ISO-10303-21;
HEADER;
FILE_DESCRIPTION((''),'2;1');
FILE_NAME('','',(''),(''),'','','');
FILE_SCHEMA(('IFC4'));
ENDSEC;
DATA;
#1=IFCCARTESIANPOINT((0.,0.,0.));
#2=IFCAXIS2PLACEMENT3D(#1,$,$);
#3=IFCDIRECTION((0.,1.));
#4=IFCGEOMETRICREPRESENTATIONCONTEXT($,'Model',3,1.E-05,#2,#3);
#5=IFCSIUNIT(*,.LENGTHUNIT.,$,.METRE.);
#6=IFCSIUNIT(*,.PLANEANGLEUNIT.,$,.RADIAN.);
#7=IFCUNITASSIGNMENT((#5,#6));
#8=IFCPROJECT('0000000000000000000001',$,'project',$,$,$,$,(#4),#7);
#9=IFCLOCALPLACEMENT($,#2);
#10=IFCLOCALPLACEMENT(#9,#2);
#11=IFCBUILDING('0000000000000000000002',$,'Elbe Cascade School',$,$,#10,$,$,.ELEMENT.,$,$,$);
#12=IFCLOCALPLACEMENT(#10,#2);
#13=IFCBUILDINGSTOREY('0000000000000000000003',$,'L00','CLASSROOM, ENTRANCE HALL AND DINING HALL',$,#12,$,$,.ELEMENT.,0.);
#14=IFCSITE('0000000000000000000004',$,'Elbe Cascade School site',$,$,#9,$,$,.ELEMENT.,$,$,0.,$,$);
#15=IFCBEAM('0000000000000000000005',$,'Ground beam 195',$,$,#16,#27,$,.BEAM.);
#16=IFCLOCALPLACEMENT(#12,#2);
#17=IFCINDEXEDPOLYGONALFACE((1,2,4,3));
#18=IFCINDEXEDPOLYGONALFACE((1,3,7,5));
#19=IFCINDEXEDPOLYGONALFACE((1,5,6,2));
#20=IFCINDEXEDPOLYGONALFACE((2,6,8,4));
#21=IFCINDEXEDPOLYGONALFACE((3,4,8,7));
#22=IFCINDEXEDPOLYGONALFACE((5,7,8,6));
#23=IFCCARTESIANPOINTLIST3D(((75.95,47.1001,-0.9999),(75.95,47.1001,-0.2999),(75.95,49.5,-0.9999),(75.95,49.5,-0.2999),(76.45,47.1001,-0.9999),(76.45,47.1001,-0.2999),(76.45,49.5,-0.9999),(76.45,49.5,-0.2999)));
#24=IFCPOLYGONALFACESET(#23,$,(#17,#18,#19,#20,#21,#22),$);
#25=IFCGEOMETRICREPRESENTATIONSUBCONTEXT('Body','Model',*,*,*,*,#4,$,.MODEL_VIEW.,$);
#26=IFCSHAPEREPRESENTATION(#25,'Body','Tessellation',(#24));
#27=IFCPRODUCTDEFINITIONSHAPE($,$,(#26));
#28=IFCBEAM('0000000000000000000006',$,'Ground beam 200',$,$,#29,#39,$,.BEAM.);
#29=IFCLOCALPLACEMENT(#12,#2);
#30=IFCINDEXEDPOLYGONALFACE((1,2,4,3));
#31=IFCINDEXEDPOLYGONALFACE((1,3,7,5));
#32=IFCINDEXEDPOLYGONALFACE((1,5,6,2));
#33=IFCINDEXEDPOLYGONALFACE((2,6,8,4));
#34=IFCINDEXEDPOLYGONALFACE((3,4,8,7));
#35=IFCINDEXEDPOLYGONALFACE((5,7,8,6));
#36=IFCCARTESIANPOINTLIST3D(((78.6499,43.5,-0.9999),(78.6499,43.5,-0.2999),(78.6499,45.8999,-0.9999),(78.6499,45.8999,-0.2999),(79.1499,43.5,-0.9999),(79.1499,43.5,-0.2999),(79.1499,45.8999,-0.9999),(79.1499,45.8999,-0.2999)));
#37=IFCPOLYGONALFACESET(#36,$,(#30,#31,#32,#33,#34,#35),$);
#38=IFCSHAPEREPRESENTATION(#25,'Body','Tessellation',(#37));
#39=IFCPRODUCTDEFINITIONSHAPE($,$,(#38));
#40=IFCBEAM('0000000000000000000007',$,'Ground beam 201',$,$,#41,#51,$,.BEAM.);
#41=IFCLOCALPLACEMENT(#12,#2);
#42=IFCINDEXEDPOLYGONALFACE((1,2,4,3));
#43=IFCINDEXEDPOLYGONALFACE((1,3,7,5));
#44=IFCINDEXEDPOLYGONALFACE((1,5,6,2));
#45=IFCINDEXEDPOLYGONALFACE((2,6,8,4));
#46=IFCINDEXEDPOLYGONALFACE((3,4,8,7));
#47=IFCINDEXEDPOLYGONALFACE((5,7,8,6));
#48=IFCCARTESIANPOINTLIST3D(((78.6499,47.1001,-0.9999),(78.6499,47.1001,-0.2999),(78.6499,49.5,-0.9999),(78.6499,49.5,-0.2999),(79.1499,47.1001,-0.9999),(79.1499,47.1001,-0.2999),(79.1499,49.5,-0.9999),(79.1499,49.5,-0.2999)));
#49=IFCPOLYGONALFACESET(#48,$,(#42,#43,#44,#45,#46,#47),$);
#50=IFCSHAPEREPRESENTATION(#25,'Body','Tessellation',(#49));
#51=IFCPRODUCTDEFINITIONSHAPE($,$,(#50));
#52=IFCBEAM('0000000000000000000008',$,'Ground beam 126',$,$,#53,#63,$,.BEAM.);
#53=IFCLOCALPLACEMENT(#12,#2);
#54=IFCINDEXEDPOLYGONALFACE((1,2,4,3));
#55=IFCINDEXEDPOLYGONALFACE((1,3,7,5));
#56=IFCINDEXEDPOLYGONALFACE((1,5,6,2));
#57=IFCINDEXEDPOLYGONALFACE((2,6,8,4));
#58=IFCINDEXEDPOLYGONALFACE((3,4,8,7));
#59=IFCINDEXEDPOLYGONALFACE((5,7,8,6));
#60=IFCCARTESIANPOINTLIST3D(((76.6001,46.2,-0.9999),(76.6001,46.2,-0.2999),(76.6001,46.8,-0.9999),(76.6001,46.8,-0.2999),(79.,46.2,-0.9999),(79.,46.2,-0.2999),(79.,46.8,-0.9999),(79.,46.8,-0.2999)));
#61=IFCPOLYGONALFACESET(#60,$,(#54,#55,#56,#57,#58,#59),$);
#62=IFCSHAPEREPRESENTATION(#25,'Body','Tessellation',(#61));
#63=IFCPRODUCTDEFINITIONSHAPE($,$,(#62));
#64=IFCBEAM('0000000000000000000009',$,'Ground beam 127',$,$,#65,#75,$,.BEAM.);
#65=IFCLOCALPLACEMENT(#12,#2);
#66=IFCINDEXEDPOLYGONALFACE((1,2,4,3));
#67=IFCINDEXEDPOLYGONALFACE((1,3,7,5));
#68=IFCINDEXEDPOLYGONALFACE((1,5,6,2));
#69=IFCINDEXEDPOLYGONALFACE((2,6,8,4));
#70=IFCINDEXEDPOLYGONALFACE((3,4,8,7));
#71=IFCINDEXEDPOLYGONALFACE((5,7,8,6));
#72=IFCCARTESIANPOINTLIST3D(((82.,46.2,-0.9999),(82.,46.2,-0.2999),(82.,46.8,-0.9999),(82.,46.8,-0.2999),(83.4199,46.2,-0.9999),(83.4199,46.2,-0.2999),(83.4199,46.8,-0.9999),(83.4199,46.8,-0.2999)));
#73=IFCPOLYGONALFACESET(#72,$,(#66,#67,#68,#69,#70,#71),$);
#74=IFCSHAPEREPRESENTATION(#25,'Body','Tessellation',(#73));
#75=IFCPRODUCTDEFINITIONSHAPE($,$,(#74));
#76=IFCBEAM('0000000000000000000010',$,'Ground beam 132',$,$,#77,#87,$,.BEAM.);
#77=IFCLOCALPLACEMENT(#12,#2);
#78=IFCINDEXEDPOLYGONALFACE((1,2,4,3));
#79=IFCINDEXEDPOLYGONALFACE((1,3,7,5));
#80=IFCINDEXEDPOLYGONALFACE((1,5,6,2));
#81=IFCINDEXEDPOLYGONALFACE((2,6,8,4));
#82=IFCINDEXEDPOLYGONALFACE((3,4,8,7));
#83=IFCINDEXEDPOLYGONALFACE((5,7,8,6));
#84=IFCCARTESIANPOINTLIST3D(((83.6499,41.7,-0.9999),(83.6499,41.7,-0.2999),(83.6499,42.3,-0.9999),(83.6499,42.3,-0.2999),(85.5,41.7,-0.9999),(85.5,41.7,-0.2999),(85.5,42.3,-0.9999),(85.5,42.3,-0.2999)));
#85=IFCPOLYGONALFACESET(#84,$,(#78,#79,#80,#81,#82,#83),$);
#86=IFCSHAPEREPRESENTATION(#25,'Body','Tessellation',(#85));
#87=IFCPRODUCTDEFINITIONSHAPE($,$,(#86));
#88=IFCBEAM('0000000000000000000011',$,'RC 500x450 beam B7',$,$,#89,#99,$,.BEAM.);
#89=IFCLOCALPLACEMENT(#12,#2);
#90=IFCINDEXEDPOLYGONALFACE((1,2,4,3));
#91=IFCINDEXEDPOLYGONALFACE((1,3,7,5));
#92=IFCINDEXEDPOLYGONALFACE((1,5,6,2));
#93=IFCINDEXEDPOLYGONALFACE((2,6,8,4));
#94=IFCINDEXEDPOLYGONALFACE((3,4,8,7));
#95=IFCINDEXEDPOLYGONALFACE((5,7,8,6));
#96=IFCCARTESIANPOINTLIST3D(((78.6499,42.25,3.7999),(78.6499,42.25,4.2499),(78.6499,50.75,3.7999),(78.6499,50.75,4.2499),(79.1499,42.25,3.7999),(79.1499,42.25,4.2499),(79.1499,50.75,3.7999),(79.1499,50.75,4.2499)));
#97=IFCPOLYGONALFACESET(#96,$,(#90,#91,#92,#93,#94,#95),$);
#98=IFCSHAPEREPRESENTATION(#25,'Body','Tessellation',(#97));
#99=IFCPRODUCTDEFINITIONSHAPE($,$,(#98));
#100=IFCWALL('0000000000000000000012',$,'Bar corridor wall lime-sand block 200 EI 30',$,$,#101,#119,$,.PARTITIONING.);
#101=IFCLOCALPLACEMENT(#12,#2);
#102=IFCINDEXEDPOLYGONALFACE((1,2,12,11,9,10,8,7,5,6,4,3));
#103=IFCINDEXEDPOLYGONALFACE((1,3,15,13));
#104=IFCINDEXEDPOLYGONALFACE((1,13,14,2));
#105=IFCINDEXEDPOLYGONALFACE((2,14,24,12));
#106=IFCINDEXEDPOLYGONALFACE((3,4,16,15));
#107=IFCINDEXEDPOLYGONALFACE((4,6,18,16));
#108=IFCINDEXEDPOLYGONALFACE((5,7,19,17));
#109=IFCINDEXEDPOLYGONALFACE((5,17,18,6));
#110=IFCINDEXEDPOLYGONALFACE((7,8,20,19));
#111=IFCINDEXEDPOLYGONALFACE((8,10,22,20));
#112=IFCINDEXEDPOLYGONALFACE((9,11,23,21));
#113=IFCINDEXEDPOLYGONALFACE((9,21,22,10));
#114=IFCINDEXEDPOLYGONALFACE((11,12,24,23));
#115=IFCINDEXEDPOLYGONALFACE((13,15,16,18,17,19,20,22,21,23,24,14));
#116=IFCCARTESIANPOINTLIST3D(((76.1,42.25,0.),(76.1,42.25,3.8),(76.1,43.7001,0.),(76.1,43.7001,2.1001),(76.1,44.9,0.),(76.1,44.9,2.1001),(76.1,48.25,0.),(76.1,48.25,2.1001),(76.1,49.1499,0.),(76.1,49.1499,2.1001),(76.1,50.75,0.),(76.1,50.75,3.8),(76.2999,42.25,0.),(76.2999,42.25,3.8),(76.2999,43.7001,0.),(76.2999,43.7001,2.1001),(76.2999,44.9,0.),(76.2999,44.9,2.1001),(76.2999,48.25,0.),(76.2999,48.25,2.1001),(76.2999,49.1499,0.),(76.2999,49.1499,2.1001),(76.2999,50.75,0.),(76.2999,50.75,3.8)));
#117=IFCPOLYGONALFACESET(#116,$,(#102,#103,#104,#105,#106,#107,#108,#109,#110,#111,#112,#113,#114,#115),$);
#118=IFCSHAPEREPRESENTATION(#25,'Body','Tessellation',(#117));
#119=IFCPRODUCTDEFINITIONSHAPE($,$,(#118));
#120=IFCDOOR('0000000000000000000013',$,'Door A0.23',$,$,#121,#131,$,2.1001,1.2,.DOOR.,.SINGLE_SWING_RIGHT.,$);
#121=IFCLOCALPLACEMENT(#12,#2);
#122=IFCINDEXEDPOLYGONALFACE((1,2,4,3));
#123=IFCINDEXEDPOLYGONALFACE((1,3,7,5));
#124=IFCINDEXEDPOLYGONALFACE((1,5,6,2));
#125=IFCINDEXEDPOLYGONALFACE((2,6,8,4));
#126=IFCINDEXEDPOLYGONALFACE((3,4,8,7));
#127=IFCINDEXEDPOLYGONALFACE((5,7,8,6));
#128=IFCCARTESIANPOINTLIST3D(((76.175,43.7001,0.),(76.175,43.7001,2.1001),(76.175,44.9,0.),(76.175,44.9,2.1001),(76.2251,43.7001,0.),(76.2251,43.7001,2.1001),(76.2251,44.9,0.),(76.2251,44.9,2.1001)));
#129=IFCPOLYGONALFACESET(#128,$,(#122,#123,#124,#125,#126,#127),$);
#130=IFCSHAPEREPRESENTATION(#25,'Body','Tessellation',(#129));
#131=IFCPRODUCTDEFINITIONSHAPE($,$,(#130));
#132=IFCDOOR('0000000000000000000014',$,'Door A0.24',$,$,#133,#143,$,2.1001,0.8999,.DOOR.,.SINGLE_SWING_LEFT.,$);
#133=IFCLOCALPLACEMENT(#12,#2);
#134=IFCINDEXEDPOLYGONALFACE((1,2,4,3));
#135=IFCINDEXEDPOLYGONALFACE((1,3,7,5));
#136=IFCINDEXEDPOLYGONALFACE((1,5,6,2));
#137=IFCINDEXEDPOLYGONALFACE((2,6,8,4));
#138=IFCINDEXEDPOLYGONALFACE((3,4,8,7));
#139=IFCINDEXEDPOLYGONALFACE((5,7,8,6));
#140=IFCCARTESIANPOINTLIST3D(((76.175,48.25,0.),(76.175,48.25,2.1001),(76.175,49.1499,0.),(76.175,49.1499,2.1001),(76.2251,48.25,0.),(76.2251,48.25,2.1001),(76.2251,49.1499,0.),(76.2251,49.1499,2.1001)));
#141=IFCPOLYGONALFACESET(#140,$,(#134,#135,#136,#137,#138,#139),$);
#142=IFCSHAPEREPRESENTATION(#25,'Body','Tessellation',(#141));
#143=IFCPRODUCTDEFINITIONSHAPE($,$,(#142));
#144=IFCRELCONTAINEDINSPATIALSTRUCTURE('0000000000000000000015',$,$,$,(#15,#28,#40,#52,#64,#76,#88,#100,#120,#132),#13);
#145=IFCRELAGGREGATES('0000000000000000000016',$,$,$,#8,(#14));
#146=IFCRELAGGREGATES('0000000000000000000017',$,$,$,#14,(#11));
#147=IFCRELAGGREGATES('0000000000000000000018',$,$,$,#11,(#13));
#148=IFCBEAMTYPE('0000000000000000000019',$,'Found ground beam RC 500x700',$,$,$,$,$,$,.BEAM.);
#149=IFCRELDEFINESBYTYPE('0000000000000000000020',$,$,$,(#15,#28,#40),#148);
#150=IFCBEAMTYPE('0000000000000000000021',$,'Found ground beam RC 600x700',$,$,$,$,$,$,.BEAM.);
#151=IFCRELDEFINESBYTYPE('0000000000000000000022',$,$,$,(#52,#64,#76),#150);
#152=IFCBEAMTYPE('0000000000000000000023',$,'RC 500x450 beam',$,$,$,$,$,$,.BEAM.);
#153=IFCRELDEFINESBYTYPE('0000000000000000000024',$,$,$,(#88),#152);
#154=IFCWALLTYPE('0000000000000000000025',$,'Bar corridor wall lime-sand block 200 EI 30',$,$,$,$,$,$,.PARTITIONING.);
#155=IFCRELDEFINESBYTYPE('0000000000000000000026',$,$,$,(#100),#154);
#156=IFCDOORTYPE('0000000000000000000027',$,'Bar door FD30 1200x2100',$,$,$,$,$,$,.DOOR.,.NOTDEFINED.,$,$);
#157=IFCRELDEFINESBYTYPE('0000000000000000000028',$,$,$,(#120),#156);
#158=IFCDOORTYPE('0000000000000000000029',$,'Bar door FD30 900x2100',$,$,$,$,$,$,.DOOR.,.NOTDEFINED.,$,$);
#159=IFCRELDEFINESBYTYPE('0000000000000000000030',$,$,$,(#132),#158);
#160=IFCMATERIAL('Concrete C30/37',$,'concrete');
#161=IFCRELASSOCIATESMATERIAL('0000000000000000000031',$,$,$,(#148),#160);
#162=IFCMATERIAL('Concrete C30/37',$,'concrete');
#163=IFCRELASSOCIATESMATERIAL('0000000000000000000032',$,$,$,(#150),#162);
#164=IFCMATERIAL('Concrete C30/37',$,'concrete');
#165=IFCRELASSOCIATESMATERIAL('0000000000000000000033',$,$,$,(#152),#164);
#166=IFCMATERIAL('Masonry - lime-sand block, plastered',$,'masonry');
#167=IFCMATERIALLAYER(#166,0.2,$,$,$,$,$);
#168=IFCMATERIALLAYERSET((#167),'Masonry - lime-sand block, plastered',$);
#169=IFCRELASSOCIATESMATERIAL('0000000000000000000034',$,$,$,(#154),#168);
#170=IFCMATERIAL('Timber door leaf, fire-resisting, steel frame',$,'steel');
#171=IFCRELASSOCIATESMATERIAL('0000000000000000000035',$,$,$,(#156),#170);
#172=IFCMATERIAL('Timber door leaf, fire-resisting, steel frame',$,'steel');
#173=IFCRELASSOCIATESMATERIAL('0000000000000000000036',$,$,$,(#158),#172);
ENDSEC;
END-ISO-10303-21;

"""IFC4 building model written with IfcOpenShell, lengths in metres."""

from ifc_helpers import new_model, si_unit, direction, frame, frame_2d, origin, origin_2d, place, context, subcontext, project, spatial, rectangle, extrude, material, layer, layer_set, material_profile, profile_set, type_object, element, fill, save


model = new_model("IFC4")

# Units and contexts
model_context = context("Model", 3, precision=1e-05, world=origin(), true_north=direction((0.0, 1.0)))
body_context = subcontext(model_context, "Body", "Model", "MODEL_VIEW")
ifc_project = project(units=[si_unit("LENGTHUNIT", "METRE"), si_unit("PLANEANGLEUNIT", "RADIAN")], contexts=[model_context])

# Site, building, storey
site_placement = place(None, origin())
site = spatial("IfcSite", under=ifc_project, at=site_placement, Name="Elbe Cascade School site", CompositionType="ELEMENT", RefElevation=0.0)
building_placement = place(site_placement, origin())
building = spatial("IfcBuilding", under=site, at=building_placement, Name="Elbe Cascade School", CompositionType="ELEMENT")
storey_placement = place(building_placement, origin())
storey = spatial("IfcBuildingStorey", under=building, at=storey_placement, Name="L00", Description="CLASSROOM, ENTRANCE HALL AND DINING HALL", CompositionType="ELEMENT", Elevation=0.0)

# Beams
ifc_material_1 = material(Name="Concrete C30/37", Category="concrete")
ifc_material_profile_1 = material_profile(ifc_material_1, rectangle(XDim=0.5, YDim=0.7, at=origin_2d()), Name="RC 500x700")
ifc_profile_set_1 = profile_set([ifc_material_profile_1], Name="Concrete C30/37")
beam_type_1 = type_object("IfcBeamType", Name="Found ground beam RC 500x700", PredefinedType="BEAM", material=ifc_profile_set_1)
for number, where, z_axis, x_axis, name in (
    (1, (76.2, 47.1001, -0.6499), (0.0, 1.0, 0.0), (-1.0, 0.0, 0.0), "Ground beam 195"),
    (2, (78.8999, 43.5, -0.6499), (0.0, 1.0, 0.0), (-1.0, 0.0, 0.0), "Ground beam 200"),
    (3, (78.8999, 47.1001, -0.6499), (0.0, 1.0, 0.0), (-1.0, 0.0, 0.0), "Ground beam 201"),
):
    element("IfcBeam", number, at=place(storey_placement, frame(where, z_axis=z_axis, x_axis=x_axis)), inside=storey, type_object=beam_type_1, Name=name, PredefinedType="BEAM", context=body_context, shape_type="SweptSolid", body=[
        extrude(rectangle(XDim=0.5, YDim=0.7, at=origin_2d()), origin(), (0.0, 0.0, 1.0), 2.3999),
    ])
ifc_material_2 = material(Name="Concrete C30/37", Category="concrete")
ifc_material_profile_2 = material_profile(ifc_material_2, rectangle(XDim=0.6001, YDim=0.7, at=origin_2d()), Name="RC 600x700")
ifc_profile_set_2 = profile_set([ifc_material_profile_2], Name="Concrete C30/37")
beam_type_2 = type_object("IfcBeamType", Name="Found ground beam RC 600x700", PredefinedType="BEAM", material=ifc_profile_set_2)
beam_1_placement = place(storey_placement, frame((76.6001, 46.5, -0.6499), z_axis=(1.0, 0.0, 0.0), x_axis=(0.0, 1.0, 0.0)))
element("IfcBeam", 4, at=beam_1_placement, inside=storey, type_object=beam_type_2, Name="Ground beam 126", PredefinedType="BEAM", context=body_context, shape_type="SweptSolid", body=[
    extrude(rectangle(XDim=0.6001, YDim=0.7, at=origin_2d()), origin(), (0.0, 0.0, 1.0), 2.3999),
])
beam_2_placement = place(storey_placement, frame((82.0, 46.5, -0.6499), z_axis=(1.0, 0.0, 0.0), x_axis=(0.0, 1.0, 0.0)))
element("IfcBeam", 5, at=beam_2_placement, inside=storey, type_object=beam_type_2, Name="Ground beam 127", PredefinedType="BEAM", context=body_context, shape_type="SweptSolid", body=[
    extrude(rectangle(XDim=0.6001, YDim=0.7, at=origin_2d()), origin(), (0.0, 0.0, 1.0), 1.4199),
])
beam_3_placement = place(storey_placement, frame((83.6499, 42.0, -0.6499), z_axis=(1.0, 0.0, 0.0), x_axis=(0.0, 1.0, 0.0)))
element("IfcBeam", 6, at=beam_3_placement, inside=storey, type_object=beam_type_2, Name="Ground beam 132", PredefinedType="BEAM", context=body_context, shape_type="SweptSolid", body=[
    extrude(rectangle(XDim=0.6001, YDim=0.7, at=origin_2d()), origin(), (0.0, 0.0, 1.0), 1.8501),
])
ifc_material_3 = material(Name="Concrete C30/37", Category="concrete")
ifc_material_profile_3 = material_profile(ifc_material_3, rectangle(XDim=0.5, YDim=0.45, at=origin_2d()), Name="RC 500x450")
ifc_profile_set_3 = profile_set([ifc_material_profile_3], Name="Concrete C30/37")
beam_type_3 = type_object("IfcBeamType", Name="RC 500x450 beam", PredefinedType="BEAM", material=ifc_profile_set_3)
beam_4_placement = place(storey_placement, frame((78.8999, 42.25, 4.0249), z_axis=(0.0, 1.0, 0.0), x_axis=(-1.0, 0.0, 0.0)))
element("IfcBeam", 7, at=beam_4_placement, inside=storey, type_object=beam_type_3, Name="RC 500x450 beam B7", PredefinedType="BEAM", context=body_context, shape_type="SweptSolid", body=[
    extrude(rectangle(XDim=0.5, YDim=0.45, at=origin_2d()), origin(), (0.0, 0.0, 1.0), 8.5),
])

# Wall, openings, doors
ifc_material_4 = material(Name="Masonry - lime-sand block, plastered", Category="masonry")
ifc_layer_1 = layer(ifc_material_4, 0.2)
ifc_layer_set_1 = layer_set([ifc_layer_1], Name="Masonry - lime-sand block, plastered")
wall_type_1 = type_object("IfcWallType", Name="Bar corridor wall lime-sand block 200 EI 30", PredefinedType="PARTITIONING", material=ifc_layer_set_1)
wall_1_placement = place(storey_placement, frame((76.2, 42.25, 0.0), z_axis=(0.0, 0.0, 1.0), x_axis=(0.0, 1.0, 0.0)))
wall_1 = element("IfcWall", 8, at=wall_1_placement, inside=storey, type_object=wall_type_1, Name="Bar corridor wall lime-sand block 200 EI 30", PredefinedType="PARTITIONING", context=body_context, shape_type="SweptSolid", body=[
    extrude(rectangle(XDim=8.5, YDim=0.2, at=frame_2d((4.25, 0.0))), origin(), (0.0, 0.0, 1.0), 3.8),
])
opening_1_placement = place(wall_1_placement, frame((1.45, 0.0, 0.0)))
opening_1 = element("IfcOpeningElement", 9, at=opening_1_placement, cuts=wall_1, PredefinedType="OPENING", context=body_context, shape_type="SweptSolid", body=[
    extrude(rectangle(XDim=1.2, YDim=2.1001, at=frame_2d((0.6001, 1.05))), frame((0.0, 0.1099, 0.0), z_axis=(0.0, -1.0, 0.0), x_axis=(1.0, 0.0, 0.0)), (0.0, 0.0, 1.0), 0.22),
])
opening_2_placement = place(wall_1_placement, frame((6.0, 0.0, 0.0)))
opening_2 = element("IfcOpeningElement", 10, at=opening_2_placement, cuts=wall_1, PredefinedType="OPENING", context=body_context, shape_type="SweptSolid", body=[
    extrude(rectangle(XDim=0.8999, YDim=2.1001, at=frame_2d((0.45, 1.05))), frame((0.0, 0.1099, 0.0), z_axis=(0.0, -1.0, 0.0), x_axis=(1.0, 0.0, 0.0)), (0.0, 0.0, 1.0), 0.22),
])
ifc_material_5 = material(Name="Timber door leaf, fire-resisting, steel frame", Category="steel")
door_type_1 = type_object("IfcDoorType", Name="Bar door FD30 1200x2100", OperationType="NOTDEFINED", PredefinedType="DOOR", material=ifc_material_5)
door_1_placement = place(opening_1_placement, origin())
door_1 = element("IfcDoor", 11, at=door_1_placement, inside=storey, type_object=door_type_1, Name="Door A0.23", OperationType="SINGLE_SWING_RIGHT", OverallHeight=2.1001, OverallWidth=1.2, PredefinedType="DOOR", context=body_context, shape_type="SweptSolid", body=[
    extrude(rectangle(XDim=1.2, YDim=2.1001, at=frame_2d((0.6001, 1.05))), frame((0.0, 0.0249, 0.0), z_axis=(0.0, -1.0, 0.0), x_axis=(1.0, 0.0, 0.0)), (0.0, 0.0, 1.0), 0.05),
])
fill(opening_1, door_1)
ifc_material_6 = material(Name="Timber door leaf, fire-resisting, steel frame", Category="steel")
door_type_2 = type_object("IfcDoorType", Name="Bar door FD30 900x2100", OperationType="NOTDEFINED", PredefinedType="DOOR", material=ifc_material_6)
door_2_placement = place(opening_2_placement, origin())
door_2 = element("IfcDoor", 12, at=door_2_placement, inside=storey, type_object=door_type_2, Name="Door A0.24", OperationType="SINGLE_SWING_LEFT", OverallHeight=2.1001, OverallWidth=0.8999, PredefinedType="DOOR", context=body_context, shape_type="SweptSolid", body=[
    extrude(rectangle(XDim=0.8999, YDim=2.1001, at=frame_2d((0.45, 1.05))), frame((0.0, 0.0249, 0.0), z_axis=(0.0, -1.0, 0.0), x_axis=(1.0, 0.0, 0.0)), (0.0, 0.0, 1.0), 0.05),
])
fill(opening_2, door_2)

save(model, "model.ifc")
